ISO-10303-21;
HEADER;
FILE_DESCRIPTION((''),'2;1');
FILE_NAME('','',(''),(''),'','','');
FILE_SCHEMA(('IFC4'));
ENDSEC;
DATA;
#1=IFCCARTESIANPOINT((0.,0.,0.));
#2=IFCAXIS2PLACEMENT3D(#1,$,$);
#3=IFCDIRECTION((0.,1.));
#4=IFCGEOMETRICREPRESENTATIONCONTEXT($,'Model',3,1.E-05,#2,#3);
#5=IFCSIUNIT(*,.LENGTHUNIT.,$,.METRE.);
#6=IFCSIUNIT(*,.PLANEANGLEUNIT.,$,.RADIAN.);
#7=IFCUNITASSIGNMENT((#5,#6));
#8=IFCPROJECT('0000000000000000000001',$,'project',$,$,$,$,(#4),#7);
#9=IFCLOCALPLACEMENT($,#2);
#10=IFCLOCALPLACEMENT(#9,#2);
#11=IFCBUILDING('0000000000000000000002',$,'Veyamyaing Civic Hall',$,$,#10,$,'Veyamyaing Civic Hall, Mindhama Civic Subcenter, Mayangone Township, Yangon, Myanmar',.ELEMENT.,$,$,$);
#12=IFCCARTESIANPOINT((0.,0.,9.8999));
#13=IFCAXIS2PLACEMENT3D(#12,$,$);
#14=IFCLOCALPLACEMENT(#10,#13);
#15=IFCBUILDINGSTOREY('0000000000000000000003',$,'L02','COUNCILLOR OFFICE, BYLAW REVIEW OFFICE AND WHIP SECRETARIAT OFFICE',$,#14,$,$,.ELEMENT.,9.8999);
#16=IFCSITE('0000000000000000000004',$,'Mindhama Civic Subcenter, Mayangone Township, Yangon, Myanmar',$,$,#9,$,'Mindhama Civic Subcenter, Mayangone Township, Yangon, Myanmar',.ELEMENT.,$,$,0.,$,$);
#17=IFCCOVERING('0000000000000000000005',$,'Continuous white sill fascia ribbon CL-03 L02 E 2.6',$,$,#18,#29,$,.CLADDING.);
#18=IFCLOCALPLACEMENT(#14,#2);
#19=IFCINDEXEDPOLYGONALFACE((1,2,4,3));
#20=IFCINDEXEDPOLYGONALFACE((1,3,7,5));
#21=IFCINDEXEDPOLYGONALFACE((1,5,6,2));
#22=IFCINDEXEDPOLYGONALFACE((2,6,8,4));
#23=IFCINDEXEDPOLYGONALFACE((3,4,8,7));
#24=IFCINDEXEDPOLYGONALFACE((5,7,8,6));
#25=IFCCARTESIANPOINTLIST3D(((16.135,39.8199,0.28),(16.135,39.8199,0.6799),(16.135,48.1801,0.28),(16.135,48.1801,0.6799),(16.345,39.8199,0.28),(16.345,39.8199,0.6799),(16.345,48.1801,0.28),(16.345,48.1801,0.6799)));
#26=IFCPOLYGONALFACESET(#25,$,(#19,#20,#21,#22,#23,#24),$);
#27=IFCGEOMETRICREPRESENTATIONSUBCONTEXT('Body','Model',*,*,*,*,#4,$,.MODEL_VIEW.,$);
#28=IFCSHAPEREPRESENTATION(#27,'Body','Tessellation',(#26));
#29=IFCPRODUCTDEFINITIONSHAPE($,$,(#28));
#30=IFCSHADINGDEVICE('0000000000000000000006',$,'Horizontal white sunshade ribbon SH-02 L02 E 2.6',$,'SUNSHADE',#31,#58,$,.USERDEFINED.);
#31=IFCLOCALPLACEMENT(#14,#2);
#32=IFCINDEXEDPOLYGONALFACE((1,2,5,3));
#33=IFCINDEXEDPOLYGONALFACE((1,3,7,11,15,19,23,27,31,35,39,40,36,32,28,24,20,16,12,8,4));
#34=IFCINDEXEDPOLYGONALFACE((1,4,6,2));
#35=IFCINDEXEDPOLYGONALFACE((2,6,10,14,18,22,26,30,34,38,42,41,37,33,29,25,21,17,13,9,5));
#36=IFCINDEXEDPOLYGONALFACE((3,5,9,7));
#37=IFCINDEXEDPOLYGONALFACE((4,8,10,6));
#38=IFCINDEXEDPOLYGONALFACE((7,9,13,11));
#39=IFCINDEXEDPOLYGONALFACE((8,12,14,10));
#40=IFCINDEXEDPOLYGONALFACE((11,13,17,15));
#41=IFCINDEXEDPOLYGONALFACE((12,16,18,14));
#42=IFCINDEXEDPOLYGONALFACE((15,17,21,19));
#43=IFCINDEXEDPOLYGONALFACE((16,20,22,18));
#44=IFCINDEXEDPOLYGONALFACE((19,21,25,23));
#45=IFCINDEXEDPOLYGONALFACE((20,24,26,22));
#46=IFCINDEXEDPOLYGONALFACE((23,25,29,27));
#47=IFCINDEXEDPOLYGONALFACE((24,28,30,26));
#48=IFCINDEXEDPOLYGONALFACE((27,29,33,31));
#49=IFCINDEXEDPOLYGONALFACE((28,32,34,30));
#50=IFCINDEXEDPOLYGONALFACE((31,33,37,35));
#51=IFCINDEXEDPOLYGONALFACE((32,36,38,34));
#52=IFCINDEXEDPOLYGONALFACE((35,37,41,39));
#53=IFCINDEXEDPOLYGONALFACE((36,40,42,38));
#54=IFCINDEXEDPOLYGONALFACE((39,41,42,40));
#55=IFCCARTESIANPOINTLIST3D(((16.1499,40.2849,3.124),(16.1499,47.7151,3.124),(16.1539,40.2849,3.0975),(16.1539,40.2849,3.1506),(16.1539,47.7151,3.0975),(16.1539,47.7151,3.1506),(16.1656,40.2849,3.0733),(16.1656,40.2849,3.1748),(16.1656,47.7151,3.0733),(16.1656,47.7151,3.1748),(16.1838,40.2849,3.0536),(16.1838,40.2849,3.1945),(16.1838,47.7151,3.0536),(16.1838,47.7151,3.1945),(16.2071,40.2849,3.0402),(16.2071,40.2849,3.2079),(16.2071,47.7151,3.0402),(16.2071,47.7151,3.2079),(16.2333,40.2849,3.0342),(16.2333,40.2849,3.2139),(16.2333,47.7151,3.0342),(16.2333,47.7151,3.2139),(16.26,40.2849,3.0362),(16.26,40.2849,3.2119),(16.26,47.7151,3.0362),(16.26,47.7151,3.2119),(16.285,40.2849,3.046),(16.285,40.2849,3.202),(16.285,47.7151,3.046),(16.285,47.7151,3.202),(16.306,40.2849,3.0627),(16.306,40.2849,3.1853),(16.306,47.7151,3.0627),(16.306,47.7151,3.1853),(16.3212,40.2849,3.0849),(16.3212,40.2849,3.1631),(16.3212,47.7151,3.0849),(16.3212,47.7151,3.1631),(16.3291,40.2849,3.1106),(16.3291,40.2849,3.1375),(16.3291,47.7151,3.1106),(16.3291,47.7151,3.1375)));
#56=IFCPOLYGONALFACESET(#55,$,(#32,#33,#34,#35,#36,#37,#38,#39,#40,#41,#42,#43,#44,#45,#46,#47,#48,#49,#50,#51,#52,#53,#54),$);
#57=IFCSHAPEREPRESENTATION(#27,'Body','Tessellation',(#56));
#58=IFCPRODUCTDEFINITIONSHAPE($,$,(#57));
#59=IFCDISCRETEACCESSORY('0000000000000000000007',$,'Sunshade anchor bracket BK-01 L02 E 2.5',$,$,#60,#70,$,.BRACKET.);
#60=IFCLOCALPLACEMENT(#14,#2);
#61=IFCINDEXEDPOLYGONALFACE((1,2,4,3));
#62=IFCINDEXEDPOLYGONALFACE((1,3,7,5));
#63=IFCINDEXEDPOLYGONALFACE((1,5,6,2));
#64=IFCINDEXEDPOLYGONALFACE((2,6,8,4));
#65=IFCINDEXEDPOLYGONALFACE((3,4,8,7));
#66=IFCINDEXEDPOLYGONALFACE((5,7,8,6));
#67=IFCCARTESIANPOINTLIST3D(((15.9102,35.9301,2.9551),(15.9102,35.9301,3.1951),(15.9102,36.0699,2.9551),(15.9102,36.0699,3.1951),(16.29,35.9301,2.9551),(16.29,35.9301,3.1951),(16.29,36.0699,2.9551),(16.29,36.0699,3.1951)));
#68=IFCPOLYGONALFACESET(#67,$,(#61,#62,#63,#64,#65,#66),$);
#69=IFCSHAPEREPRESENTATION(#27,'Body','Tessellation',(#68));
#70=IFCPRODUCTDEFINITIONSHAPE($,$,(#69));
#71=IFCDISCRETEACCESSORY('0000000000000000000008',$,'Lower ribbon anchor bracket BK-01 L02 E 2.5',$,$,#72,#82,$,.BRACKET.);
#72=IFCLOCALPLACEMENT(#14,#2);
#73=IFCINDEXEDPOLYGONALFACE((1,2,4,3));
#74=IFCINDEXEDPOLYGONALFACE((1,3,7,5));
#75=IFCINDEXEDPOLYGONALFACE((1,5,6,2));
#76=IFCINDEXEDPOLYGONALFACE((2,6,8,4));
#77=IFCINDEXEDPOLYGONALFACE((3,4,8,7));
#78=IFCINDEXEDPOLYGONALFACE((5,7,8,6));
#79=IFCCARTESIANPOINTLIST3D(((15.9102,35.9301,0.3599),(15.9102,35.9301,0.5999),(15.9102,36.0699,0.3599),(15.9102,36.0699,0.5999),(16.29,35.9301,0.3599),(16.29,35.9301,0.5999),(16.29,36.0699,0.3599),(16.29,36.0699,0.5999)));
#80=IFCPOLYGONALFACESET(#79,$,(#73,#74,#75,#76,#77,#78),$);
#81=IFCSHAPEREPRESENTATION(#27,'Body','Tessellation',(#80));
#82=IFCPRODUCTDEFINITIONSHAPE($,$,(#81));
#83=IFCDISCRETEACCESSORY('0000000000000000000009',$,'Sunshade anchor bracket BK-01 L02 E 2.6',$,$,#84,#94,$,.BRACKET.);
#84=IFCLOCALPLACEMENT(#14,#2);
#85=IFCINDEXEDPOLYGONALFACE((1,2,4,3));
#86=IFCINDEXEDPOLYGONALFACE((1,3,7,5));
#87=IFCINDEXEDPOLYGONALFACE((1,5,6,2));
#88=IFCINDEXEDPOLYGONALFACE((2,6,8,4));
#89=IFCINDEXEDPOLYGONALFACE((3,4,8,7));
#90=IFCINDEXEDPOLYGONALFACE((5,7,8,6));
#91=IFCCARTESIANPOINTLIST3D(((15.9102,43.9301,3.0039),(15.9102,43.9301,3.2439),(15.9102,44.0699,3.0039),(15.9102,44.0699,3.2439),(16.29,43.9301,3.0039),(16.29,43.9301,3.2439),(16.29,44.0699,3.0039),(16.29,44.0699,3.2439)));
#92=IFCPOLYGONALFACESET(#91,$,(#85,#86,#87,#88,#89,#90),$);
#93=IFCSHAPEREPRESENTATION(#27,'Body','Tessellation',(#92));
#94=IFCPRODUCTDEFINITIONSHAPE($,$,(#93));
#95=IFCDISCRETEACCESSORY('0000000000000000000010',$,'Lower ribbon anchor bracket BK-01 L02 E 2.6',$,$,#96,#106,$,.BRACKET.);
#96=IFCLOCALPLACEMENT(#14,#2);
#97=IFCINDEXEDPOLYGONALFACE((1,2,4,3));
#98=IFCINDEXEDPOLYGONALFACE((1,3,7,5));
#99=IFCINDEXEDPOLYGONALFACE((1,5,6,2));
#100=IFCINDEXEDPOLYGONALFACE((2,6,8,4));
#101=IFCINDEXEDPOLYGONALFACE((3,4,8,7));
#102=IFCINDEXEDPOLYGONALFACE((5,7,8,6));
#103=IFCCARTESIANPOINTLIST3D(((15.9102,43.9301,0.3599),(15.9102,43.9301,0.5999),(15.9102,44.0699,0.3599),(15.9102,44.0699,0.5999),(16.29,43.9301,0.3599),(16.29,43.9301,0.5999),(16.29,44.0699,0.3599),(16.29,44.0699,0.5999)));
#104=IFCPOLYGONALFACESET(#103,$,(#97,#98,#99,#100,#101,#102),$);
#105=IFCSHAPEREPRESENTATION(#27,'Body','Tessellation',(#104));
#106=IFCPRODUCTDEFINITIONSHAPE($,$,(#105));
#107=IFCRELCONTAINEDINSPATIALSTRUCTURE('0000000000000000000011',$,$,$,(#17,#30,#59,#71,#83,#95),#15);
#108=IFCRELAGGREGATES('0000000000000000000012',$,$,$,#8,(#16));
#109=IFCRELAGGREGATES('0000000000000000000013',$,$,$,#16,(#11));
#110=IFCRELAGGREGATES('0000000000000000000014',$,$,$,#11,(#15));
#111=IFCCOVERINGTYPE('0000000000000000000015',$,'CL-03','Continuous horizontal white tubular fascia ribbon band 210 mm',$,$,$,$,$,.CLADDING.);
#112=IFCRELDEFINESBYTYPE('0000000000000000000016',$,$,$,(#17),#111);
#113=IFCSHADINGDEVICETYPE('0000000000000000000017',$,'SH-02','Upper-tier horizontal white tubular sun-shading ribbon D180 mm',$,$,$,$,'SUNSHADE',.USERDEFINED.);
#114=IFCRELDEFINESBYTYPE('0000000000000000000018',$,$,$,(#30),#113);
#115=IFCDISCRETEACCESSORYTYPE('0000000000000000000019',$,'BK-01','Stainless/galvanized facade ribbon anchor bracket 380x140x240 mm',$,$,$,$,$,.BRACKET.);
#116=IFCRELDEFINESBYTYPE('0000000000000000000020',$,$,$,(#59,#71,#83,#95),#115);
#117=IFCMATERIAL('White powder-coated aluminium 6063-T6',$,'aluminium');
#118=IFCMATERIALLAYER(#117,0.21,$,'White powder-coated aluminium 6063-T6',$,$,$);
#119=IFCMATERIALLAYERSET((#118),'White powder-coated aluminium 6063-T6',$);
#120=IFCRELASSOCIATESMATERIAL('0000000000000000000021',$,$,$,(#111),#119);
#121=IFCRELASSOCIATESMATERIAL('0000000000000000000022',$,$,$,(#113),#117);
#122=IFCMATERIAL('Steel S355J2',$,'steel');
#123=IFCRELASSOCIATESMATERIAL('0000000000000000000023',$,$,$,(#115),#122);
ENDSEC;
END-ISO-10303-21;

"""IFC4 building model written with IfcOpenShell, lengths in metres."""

from ifc_helpers import new_model, si_unit, direction, frame, origin, origin_2d, place, context, subcontext, project, spatial, rectangle, circle, extrude, material, layer, layer_set, material_profile, profile_set, type_object, element, save


model = new_model("IFC4")

# Units and contexts
model_context = context("Model", 3, precision=1e-05, world=origin(), true_north=direction((0.0, 1.0)))
body_context = subcontext(model_context, "Body", "Model", "MODEL_VIEW")
ifc_project = project(units=[si_unit("LENGTHUNIT", "METRE"), si_unit("PLANEANGLEUNIT", "RADIAN")], contexts=[model_context])

# Site, building, storey
site_placement = place(None, origin())
site = spatial("IfcSite", under=ifc_project, at=site_placement, Name="Mindhama Civic Subcenter, Mayangone Township, Yangon, Myanmar", LongName="Mindhama Civic Subcenter, Mayangone Township, Yangon, Myanmar", CompositionType="ELEMENT", RefElevation=0.0)
building_placement = place(site_placement, origin())
building = spatial("IfcBuilding", under=site, at=building_placement, Name="Veyamyaing Civic Hall", LongName="Veyamyaing Civic Hall, Mindhama Civic Subcenter, Mayangone Township, Yangon, Myanmar", CompositionType="ELEMENT")
storey_placement = place(building_placement, frame((0.0, 0.0, 9.8999)))
storey = spatial("IfcBuildingStorey", under=building, at=storey_placement, Name="L02", Description="COUNCILLOR OFFICE, BYLAW REVIEW OFFICE AND WHIP SECRETARIAT OFFICE", CompositionType="ELEMENT", Elevation=9.8999)

# Covering
ifc_material_1 = material(Name="White powder-coated aluminium 6063-T6", Category="aluminium")
ifc_layer_1 = layer(ifc_material_1, 0.21, Name="White powder-coated aluminium 6063-T6")
ifc_layer_set_1 = layer_set([ifc_layer_1], Name="White powder-coated aluminium 6063-T6")
covering_type_1 = type_object("IfcCoveringType", Name="CL-03", Description="Continuous horizontal white tubular fascia ribbon band 210 mm", PredefinedType="CLADDING", material=ifc_layer_set_1)
for number, where, z_axis, x_axis, name in (
    (1, (16.24, 44.0, 0.28), (0.0, 0.0, 1.0), (0.0, 1.0, 0.0), "Continuous white sill fascia ribbon CL-03 L02 E 2.6"),
):
    element("IfcCovering", number, at=place(storey_placement, frame(where, z_axis=z_axis, x_axis=x_axis)), inside=storey, type_object=covering_type_1, Name=name, PredefinedType="CLADDING", context=body_context, shape_type="SweptSolid", body=[
        extrude(rectangle(XDim=8.3601, YDim=0.21, at=origin_2d()), origin(), (0.0, 0.0, 1.0), 0.3999),
    ])

# Shading device
ifc_material_profile_1 = material_profile(ifc_material_1, circle(Radius=0.0901, at=origin_2d()), Name="SHADE-TUBE-180")
ifc_profile_set_1 = profile_set([ifc_material_profile_1], Name="White powder-coated aluminium 6063-T6")
shading_device_type = type_object("IfcShadingDeviceType", Name="SH-02", Description="Upper-tier horizontal white tubular sun-shading ribbon D180 mm", ElementType="SUNSHADE", PredefinedType="USERDEFINED", material=ifc_profile_set_1)
shading_device_placement = place(storey_placement, frame((16.24, 40.2849, 3.124), z_axis=(0.0, 1.0, 0.0), x_axis=(-1.0, 0.0, 0.0)))
element("IfcShadingDevice", 2, at=shading_device_placement, inside=storey, type_object=shading_device_type, Name="Horizontal white sunshade ribbon SH-02 L02 E 2.6", ObjectType="SUNSHADE", PredefinedType="USERDEFINED", context=body_context, shape_type="SweptSolid", body=[
    extrude(circle(Radius=0.0901, at=origin_2d()), origin(), (0.0, 0.0, 1.0), 7.4302),
])

# Discrete accessories
ifc_material_2 = material(Name="Steel S355J2", Category="steel")
discrete_accessory_type = type_object("IfcDiscreteAccessoryType", Name="BK-01", Description="Stainless/galvanized facade ribbon anchor bracket 380x140x240 mm", PredefinedType="BRACKET", material=ifc_material_2)
for number, where, z_axis, x_axis, name in (
    (3, (16.1001, 36.0, 2.9551), (0.0, 0.0, 1.0), (1.0, 0.0, 0.0), "Sunshade anchor bracket BK-01 L02 E 2.5"),
    (4, (16.1001, 36.0, 0.3599), (0.0, 0.0, 1.0), (1.0, 0.0, 0.0), "Lower ribbon anchor bracket BK-01 L02 E 2.5"),
    (5, (16.1001, 44.0, 3.0039), (0.0, 0.0, 1.0), (1.0, 0.0, 0.0), "Sunshade anchor bracket BK-01 L02 E 2.6"),
    (6, (16.1001, 44.0, 0.3599), (0.0, 0.0, 1.0), (1.0, 0.0, 0.0), "Lower ribbon anchor bracket BK-01 L02 E 2.6"),
):
    element("IfcDiscreteAccessory", number, at=place(storey_placement, frame(where, z_axis=z_axis, x_axis=x_axis)), inside=storey, type_object=discrete_accessory_type, Name=name, PredefinedType="BRACKET", context=body_context, shape_type="SweptSolid", body=[
        extrude(rectangle(XDim=0.3799, YDim=0.1399, at=origin_2d()), origin(), (0.0, 0.0, 1.0), 0.24),
    ])

save(model, "model.ifc")
